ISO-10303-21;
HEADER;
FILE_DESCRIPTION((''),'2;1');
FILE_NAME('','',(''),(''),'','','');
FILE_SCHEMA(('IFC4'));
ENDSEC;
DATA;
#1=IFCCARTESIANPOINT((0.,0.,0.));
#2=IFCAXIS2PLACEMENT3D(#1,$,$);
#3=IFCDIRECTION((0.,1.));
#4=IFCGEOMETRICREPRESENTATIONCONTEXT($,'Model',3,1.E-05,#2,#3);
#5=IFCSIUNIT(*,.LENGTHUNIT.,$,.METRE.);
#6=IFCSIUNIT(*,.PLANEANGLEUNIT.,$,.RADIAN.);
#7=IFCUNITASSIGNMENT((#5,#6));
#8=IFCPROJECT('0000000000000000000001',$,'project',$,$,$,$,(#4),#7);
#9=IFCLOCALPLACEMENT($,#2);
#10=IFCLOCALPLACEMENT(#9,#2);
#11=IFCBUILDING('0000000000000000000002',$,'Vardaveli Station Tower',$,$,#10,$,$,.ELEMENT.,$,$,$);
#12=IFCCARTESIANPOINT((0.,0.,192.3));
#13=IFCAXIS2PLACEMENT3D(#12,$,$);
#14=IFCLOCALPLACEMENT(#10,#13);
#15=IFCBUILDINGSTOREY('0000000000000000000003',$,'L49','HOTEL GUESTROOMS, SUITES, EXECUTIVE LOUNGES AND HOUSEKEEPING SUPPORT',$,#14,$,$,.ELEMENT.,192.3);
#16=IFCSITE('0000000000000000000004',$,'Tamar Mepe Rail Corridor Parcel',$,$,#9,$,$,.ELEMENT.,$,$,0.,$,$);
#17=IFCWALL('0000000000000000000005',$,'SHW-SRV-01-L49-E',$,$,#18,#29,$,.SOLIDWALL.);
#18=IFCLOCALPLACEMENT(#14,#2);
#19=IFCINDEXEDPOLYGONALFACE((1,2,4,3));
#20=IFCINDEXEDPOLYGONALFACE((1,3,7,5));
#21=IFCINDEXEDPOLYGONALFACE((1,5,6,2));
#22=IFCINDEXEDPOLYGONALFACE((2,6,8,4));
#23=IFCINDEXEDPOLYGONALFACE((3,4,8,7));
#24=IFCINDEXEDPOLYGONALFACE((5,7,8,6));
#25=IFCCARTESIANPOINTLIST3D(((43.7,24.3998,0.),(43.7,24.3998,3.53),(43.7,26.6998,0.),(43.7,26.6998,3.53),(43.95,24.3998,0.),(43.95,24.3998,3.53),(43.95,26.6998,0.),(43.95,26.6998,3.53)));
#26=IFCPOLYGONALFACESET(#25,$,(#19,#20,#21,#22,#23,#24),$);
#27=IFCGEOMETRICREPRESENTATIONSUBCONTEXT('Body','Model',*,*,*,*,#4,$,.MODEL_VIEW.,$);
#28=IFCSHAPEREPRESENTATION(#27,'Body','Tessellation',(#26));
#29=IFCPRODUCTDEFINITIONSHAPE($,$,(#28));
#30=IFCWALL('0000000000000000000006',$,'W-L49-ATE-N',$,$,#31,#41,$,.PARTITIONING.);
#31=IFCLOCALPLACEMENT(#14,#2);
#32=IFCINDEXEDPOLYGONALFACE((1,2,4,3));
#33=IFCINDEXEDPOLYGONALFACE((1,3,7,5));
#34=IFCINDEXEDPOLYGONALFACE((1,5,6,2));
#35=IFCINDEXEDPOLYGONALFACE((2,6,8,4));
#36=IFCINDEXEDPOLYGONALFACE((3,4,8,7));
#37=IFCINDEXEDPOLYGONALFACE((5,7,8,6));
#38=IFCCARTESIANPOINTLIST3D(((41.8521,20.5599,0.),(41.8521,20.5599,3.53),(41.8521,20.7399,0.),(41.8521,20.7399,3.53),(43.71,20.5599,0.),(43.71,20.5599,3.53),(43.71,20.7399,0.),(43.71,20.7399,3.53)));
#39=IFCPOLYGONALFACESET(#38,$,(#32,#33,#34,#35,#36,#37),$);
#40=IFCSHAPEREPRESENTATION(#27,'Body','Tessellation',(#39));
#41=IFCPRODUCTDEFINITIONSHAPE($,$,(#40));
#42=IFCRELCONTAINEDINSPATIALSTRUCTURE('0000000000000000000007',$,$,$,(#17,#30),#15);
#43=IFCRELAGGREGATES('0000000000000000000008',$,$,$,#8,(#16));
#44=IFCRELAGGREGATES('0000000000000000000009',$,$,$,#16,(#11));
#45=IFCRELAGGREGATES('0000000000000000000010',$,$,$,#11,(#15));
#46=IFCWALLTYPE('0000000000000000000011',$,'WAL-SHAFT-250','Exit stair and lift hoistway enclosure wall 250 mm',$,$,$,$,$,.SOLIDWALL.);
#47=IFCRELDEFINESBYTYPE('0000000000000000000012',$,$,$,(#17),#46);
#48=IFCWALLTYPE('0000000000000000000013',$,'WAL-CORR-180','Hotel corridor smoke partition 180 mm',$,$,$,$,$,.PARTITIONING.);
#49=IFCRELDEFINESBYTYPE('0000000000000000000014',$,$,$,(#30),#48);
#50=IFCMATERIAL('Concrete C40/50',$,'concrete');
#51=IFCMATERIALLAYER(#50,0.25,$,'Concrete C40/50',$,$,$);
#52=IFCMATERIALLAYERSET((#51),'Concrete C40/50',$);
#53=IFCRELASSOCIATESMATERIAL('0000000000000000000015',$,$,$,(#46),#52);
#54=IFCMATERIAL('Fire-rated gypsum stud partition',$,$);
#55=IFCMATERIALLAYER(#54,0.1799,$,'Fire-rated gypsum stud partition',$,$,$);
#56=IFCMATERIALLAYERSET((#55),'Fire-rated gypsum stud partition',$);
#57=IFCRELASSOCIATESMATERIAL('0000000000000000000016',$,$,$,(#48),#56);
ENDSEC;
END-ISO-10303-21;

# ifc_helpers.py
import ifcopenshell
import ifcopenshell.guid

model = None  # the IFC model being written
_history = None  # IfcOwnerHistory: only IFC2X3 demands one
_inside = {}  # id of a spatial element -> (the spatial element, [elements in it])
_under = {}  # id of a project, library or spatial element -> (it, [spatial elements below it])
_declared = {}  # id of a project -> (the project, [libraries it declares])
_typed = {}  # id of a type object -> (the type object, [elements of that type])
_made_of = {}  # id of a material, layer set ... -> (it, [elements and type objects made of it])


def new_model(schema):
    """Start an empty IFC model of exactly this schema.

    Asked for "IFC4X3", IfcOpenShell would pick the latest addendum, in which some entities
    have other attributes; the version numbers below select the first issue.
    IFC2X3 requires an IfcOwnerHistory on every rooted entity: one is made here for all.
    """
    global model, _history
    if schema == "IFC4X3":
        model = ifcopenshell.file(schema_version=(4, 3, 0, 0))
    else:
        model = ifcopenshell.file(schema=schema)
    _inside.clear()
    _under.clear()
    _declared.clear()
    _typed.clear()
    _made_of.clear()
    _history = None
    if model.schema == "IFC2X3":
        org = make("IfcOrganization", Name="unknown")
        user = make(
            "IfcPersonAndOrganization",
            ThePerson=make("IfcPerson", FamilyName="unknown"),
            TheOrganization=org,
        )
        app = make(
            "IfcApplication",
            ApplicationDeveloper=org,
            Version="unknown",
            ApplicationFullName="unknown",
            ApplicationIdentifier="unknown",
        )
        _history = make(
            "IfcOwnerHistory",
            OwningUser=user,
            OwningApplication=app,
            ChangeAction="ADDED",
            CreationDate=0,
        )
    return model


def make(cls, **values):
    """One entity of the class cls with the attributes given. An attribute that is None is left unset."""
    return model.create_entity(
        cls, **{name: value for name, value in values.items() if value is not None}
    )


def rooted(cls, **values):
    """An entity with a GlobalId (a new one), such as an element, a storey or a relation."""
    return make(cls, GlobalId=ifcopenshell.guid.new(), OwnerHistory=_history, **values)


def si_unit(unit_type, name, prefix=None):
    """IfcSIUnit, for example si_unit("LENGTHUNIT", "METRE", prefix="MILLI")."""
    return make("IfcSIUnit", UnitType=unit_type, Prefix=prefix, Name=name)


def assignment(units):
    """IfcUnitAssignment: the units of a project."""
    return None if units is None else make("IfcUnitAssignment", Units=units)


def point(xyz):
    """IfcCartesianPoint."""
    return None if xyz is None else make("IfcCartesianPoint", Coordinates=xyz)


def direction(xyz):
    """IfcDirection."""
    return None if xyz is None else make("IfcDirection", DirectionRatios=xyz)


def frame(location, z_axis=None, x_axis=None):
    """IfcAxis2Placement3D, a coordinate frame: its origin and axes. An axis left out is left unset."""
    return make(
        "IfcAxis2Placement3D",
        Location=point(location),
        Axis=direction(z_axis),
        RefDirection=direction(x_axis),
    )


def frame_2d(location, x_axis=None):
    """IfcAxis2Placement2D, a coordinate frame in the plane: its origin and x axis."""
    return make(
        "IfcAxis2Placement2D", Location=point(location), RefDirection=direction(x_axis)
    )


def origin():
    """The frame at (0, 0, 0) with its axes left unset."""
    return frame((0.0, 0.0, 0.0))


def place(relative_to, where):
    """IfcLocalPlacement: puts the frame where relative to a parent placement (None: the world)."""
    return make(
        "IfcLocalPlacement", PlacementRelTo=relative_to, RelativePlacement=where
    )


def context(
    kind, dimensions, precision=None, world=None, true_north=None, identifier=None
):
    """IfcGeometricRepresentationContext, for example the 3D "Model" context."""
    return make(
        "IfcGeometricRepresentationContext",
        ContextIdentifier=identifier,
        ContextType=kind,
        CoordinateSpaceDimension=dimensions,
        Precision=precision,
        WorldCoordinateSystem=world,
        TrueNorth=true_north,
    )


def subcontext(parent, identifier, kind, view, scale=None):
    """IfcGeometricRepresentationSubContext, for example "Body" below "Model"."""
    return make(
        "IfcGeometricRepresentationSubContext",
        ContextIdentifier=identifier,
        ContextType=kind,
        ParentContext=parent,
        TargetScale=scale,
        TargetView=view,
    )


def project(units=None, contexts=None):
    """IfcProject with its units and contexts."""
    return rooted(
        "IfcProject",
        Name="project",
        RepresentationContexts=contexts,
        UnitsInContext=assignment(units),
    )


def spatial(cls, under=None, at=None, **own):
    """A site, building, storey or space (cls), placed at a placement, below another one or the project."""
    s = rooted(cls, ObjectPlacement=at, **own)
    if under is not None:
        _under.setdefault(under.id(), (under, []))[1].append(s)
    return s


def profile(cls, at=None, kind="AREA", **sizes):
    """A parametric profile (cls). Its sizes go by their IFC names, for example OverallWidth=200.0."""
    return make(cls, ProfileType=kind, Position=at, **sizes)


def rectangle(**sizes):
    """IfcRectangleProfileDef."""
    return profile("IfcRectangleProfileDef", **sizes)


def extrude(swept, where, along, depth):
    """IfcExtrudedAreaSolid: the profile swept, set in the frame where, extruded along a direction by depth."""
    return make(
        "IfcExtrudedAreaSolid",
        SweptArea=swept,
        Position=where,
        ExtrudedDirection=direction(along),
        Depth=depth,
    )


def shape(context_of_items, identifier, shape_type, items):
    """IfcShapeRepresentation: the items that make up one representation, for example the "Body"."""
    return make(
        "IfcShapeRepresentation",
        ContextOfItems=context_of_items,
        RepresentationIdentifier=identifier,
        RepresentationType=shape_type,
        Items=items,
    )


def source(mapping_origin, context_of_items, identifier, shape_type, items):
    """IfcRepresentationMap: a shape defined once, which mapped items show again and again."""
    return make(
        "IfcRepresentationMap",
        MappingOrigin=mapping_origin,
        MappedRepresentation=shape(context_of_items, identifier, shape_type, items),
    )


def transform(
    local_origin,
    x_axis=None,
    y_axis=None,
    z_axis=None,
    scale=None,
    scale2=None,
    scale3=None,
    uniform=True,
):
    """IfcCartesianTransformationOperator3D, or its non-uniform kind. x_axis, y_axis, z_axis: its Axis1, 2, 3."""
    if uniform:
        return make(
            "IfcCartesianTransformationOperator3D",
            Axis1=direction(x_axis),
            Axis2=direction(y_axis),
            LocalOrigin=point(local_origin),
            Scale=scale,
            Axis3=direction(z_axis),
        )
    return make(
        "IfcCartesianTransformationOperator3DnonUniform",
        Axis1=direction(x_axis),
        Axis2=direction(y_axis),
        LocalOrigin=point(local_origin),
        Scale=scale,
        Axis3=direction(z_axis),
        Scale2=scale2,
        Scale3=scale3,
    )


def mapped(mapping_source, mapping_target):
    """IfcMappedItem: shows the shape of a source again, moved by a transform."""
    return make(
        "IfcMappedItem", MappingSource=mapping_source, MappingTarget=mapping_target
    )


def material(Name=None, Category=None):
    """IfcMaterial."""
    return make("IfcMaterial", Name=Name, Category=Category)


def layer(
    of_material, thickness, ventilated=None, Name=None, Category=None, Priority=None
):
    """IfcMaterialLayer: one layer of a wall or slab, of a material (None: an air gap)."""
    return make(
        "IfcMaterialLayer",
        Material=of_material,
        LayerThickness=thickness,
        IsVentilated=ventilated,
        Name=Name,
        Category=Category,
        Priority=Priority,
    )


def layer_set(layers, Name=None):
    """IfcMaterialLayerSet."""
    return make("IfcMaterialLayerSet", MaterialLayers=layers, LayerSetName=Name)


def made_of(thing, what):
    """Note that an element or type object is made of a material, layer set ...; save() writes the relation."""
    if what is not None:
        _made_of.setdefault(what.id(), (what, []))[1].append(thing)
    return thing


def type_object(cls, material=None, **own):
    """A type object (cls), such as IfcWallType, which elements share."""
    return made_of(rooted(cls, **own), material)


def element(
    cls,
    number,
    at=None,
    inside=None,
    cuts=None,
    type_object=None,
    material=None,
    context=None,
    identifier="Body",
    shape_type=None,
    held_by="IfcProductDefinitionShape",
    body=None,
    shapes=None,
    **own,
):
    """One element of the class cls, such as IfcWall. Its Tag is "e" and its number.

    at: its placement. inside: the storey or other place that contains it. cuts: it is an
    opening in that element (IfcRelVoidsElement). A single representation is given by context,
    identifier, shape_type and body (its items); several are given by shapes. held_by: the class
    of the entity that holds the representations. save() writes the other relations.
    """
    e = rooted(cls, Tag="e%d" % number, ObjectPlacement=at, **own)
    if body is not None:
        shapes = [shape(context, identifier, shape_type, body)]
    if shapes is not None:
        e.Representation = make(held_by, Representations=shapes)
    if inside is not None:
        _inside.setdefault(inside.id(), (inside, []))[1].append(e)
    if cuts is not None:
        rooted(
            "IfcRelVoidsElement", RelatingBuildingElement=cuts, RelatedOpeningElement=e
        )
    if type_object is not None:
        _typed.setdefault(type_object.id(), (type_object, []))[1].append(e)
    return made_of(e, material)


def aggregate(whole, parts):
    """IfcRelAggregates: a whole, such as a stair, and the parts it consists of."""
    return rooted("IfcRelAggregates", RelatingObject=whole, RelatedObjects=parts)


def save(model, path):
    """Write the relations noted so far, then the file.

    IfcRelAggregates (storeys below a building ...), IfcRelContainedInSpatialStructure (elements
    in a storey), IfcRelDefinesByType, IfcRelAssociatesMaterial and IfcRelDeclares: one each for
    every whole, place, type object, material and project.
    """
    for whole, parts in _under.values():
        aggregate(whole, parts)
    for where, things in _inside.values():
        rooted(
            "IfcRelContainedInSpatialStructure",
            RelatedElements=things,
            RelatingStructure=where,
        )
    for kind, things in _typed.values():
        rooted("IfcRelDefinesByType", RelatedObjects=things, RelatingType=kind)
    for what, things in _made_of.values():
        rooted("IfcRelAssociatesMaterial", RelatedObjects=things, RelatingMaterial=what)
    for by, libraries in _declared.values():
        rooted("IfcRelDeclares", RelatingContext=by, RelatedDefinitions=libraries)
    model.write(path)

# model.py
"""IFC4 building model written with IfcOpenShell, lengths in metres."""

from ifc_helpers import new_model, si_unit, direction, frame, frame_2d, origin, place, context, subcontext, project, spatial, rectangle, extrude, source, transform, mapped, material, layer, layer_set, type_object, element, save


model = new_model("IFC4")

# Units and contexts
model_context = context("Model", 3, precision=1e-05, world=origin(), true_north=direction((0.0, 1.0)))
body_context = subcontext(model_context, "Body", "Model", "MODEL_VIEW")
ifc_project = project(units=[si_unit("LENGTHUNIT", "METRE"), si_unit("PLANEANGLEUNIT", "RADIAN")], contexts=[model_context])

# Site, building, storey
site_placement = place(None, origin())
site = spatial("IfcSite", under=ifc_project, at=site_placement, Name="Tamar Mepe Rail Corridor Parcel", CompositionType="ELEMENT", RefElevation=0.0)
building_placement = place(site_placement, origin())
building = spatial("IfcBuilding", under=site, at=building_placement, Name="Vardaveli Station Tower", CompositionType="ELEMENT")
storey_placement = place(building_placement, frame((0.0, 0.0, 192.3)))
storey = spatial("IfcBuildingStorey", under=building, at=storey_placement, Name="L49", Description="HOTEL GUESTROOMS, SUITES, EXECUTIVE LOUNGES AND HOUSEKEEPING SUPPORT", CompositionType="ELEMENT", Elevation=192.3)

# Shared definitions
ifc_material_1 = material(Name="Concrete C40/50", Category="concrete")

# Walls
ifc_layer_1 = layer(ifc_material_1, 0.25, Name="Concrete C40/50")
ifc_layer_set_1 = layer_set([ifc_layer_1], Name="Concrete C40/50")
wall_type_1 = type_object("IfcWallType", Name="WAL-SHAFT-250", Description="Exit stair and lift hoistway enclosure wall 250 mm", PredefinedType="SOLIDWALL", material=ifc_layer_set_1)
shared_shape_1 = source(origin(), body_context, "Body", "SweptSolid", [
    extrude(rectangle(XDim=2.3, YDim=0.25, at=frame_2d((1.1499, 0.0))), origin(), (0.0, 0.0, 1.0), 3.53),
])
for number, where, z_axis, x_axis, name in (
    (1, (43.825, 24.3999, 0.0), (0.0, 0.0, 1.0), (0.0, 1.0, 0.0), "SHW-SRV-01-L49-E"),
):
    element("IfcWall", number, at=place(storey_placement, frame(where, z_axis=z_axis, x_axis=x_axis)), inside=storey, type_object=wall_type_1, Name=name, PredefinedType="SOLIDWALL", context=body_context, shape_type="MappedRepresentation", body=[
        mapped(shared_shape_1, transform((0.0, 0.0, 0.0), scale=1.0)),
    ])
ifc_material_2 = material(Name="Fire-rated gypsum stud partition")
ifc_layer_2 = layer(ifc_material_2, 0.1799, Name="Fire-rated gypsum stud partition")
ifc_layer_set_2 = layer_set([ifc_layer_2], Name="Fire-rated gypsum stud partition")
wall_type_2 = type_object("IfcWallType", Name="WAL-CORR-180", Description="Hotel corridor smoke partition 180 mm", PredefinedType="PARTITIONING", material=ifc_layer_set_2)
shared_shape_2 = source(origin(), body_context, "Body", "SweptSolid", [
    extrude(rectangle(XDim=1.8579, YDim=0.1799, at=frame_2d((0.929, 0.0))), origin(), (0.0, 0.0, 1.0), 3.53),
])
wall_1_placement = place(storey_placement, frame((41.8521, 20.6499, 0.0), z_axis=(0.0, 0.0, 1.0), x_axis=(1.0, 0.0, 0.0)))
element("IfcWall", 2, at=wall_1_placement, inside=storey, type_object=wall_type_2, Name="W-L49-ATE-N", PredefinedType="PARTITIONING", context=body_context, shape_type="MappedRepresentation", body=[
    mapped(shared_shape_2, transform((0.0, 0.0, 0.0), scale=1.0)),
])

save(model, "model.ifc")
